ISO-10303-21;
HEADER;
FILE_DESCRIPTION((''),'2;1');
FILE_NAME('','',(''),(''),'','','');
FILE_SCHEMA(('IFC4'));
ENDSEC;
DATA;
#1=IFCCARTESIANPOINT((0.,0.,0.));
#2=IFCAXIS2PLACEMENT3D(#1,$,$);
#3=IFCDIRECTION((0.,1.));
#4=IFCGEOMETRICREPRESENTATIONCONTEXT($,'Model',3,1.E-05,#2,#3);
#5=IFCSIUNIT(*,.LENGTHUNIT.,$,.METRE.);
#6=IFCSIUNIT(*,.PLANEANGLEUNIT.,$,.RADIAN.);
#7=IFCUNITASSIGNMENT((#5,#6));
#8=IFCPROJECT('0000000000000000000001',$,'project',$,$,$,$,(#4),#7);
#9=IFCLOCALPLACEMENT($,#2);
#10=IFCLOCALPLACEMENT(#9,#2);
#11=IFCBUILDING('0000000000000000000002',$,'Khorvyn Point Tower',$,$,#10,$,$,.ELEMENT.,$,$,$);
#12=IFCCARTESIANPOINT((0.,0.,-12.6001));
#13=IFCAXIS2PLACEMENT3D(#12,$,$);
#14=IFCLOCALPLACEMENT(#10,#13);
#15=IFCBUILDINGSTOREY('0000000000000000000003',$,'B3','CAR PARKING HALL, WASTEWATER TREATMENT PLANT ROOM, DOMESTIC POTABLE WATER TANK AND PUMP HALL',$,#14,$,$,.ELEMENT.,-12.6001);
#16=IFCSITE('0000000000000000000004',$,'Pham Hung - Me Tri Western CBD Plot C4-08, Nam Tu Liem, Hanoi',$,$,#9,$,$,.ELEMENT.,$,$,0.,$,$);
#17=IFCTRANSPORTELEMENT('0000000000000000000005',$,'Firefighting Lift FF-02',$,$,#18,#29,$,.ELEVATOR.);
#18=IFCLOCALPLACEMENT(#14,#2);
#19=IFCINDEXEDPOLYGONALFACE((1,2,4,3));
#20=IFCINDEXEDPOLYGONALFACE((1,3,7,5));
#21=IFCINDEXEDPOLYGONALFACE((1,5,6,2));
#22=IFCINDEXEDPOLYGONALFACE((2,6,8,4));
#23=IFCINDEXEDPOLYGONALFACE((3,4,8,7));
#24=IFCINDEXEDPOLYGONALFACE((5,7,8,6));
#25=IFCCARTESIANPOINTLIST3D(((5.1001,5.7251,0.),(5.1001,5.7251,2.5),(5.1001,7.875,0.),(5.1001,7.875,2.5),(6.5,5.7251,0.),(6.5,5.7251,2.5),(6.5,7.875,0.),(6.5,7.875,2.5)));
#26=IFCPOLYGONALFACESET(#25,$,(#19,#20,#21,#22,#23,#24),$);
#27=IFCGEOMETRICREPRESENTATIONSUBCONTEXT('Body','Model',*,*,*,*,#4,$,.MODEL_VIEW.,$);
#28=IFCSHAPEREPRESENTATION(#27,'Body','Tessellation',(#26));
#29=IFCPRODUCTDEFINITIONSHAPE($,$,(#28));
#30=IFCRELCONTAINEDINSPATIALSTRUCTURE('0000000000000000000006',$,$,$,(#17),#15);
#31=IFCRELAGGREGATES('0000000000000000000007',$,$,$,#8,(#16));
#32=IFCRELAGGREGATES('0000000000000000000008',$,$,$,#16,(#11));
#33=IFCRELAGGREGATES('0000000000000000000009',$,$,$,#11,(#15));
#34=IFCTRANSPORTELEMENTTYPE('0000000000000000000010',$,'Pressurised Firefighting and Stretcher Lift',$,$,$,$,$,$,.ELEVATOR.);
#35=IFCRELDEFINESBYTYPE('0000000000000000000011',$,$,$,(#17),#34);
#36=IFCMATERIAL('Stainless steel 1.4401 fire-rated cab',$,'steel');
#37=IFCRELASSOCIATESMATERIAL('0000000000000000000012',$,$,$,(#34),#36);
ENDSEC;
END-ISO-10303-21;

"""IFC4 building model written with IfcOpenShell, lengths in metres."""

from ifc_helpers import new_model, si_unit, direction, frame, origin, origin_2d, place, context, subcontext, project, spatial, rectangle, extrude, material, type_object, element, save


model = new_model("IFC4")

# Units and contexts
model_context = context("Model", 3, precision=1e-05, world=origin(), true_north=direction((0.0, 1.0)))
body_context = subcontext(model_context, "Body", "Model", "MODEL_VIEW")
ifc_project = project(units=[si_unit("LENGTHUNIT", "METRE"), si_unit("PLANEANGLEUNIT", "RADIAN")], contexts=[model_context])

# Site, building, storey
site_placement = place(None, origin())
site = spatial("IfcSite", under=ifc_project, at=site_placement, Name="Pham Hung - Me Tri Western CBD Plot C4-08, Nam Tu Liem, Hanoi", CompositionType="ELEMENT", RefElevation=0.0)
building_placement = place(site_placement, origin())
building = spatial("IfcBuilding", under=site, at=building_placement, Name="Khorvyn Point Tower", CompositionType="ELEMENT")
storey_placement = place(building_placement, frame((0.0, 0.0, -12.6001)))
storey = spatial("IfcBuildingStorey", under=building, at=storey_placement, Name="B3", Description="CAR PARKING HALL, WASTEWATER TREATMENT PLANT ROOM, DOMESTIC POTABLE WATER TANK AND PUMP HALL", CompositionType="ELEMENT", Elevation=-12.6001)

# Transport element
ifc_material_1 = material(Name="Stainless steel 1.4401 fire-rated cab", Category="steel")
transport_element_type_1 = type_object("IfcTransportElementType", Name="Pressurised Firefighting and Stretcher Lift", PredefinedType="ELEVATOR", material=ifc_material_1)
transport_element_1_placement = place(storey_placement, frame((5.8, 6.8, 0.0), z_axis=(0.0, 0.0, 1.0), x_axis=(1.0, 0.0, 0.0)))
element("IfcTransportElement", 1, at=transport_element_1_placement, inside=storey, type_object=transport_element_type_1, Name="Firefighting Lift FF-02", PredefinedType="ELEVATOR", context=body_context, shape_type="SweptSolid", body=[
    extrude(rectangle(XDim=1.3999, YDim=2.1499, at=origin_2d()), origin(), (0.0, 0.0, 1.0), 2.5),
])

save(model, "model.ifc")
